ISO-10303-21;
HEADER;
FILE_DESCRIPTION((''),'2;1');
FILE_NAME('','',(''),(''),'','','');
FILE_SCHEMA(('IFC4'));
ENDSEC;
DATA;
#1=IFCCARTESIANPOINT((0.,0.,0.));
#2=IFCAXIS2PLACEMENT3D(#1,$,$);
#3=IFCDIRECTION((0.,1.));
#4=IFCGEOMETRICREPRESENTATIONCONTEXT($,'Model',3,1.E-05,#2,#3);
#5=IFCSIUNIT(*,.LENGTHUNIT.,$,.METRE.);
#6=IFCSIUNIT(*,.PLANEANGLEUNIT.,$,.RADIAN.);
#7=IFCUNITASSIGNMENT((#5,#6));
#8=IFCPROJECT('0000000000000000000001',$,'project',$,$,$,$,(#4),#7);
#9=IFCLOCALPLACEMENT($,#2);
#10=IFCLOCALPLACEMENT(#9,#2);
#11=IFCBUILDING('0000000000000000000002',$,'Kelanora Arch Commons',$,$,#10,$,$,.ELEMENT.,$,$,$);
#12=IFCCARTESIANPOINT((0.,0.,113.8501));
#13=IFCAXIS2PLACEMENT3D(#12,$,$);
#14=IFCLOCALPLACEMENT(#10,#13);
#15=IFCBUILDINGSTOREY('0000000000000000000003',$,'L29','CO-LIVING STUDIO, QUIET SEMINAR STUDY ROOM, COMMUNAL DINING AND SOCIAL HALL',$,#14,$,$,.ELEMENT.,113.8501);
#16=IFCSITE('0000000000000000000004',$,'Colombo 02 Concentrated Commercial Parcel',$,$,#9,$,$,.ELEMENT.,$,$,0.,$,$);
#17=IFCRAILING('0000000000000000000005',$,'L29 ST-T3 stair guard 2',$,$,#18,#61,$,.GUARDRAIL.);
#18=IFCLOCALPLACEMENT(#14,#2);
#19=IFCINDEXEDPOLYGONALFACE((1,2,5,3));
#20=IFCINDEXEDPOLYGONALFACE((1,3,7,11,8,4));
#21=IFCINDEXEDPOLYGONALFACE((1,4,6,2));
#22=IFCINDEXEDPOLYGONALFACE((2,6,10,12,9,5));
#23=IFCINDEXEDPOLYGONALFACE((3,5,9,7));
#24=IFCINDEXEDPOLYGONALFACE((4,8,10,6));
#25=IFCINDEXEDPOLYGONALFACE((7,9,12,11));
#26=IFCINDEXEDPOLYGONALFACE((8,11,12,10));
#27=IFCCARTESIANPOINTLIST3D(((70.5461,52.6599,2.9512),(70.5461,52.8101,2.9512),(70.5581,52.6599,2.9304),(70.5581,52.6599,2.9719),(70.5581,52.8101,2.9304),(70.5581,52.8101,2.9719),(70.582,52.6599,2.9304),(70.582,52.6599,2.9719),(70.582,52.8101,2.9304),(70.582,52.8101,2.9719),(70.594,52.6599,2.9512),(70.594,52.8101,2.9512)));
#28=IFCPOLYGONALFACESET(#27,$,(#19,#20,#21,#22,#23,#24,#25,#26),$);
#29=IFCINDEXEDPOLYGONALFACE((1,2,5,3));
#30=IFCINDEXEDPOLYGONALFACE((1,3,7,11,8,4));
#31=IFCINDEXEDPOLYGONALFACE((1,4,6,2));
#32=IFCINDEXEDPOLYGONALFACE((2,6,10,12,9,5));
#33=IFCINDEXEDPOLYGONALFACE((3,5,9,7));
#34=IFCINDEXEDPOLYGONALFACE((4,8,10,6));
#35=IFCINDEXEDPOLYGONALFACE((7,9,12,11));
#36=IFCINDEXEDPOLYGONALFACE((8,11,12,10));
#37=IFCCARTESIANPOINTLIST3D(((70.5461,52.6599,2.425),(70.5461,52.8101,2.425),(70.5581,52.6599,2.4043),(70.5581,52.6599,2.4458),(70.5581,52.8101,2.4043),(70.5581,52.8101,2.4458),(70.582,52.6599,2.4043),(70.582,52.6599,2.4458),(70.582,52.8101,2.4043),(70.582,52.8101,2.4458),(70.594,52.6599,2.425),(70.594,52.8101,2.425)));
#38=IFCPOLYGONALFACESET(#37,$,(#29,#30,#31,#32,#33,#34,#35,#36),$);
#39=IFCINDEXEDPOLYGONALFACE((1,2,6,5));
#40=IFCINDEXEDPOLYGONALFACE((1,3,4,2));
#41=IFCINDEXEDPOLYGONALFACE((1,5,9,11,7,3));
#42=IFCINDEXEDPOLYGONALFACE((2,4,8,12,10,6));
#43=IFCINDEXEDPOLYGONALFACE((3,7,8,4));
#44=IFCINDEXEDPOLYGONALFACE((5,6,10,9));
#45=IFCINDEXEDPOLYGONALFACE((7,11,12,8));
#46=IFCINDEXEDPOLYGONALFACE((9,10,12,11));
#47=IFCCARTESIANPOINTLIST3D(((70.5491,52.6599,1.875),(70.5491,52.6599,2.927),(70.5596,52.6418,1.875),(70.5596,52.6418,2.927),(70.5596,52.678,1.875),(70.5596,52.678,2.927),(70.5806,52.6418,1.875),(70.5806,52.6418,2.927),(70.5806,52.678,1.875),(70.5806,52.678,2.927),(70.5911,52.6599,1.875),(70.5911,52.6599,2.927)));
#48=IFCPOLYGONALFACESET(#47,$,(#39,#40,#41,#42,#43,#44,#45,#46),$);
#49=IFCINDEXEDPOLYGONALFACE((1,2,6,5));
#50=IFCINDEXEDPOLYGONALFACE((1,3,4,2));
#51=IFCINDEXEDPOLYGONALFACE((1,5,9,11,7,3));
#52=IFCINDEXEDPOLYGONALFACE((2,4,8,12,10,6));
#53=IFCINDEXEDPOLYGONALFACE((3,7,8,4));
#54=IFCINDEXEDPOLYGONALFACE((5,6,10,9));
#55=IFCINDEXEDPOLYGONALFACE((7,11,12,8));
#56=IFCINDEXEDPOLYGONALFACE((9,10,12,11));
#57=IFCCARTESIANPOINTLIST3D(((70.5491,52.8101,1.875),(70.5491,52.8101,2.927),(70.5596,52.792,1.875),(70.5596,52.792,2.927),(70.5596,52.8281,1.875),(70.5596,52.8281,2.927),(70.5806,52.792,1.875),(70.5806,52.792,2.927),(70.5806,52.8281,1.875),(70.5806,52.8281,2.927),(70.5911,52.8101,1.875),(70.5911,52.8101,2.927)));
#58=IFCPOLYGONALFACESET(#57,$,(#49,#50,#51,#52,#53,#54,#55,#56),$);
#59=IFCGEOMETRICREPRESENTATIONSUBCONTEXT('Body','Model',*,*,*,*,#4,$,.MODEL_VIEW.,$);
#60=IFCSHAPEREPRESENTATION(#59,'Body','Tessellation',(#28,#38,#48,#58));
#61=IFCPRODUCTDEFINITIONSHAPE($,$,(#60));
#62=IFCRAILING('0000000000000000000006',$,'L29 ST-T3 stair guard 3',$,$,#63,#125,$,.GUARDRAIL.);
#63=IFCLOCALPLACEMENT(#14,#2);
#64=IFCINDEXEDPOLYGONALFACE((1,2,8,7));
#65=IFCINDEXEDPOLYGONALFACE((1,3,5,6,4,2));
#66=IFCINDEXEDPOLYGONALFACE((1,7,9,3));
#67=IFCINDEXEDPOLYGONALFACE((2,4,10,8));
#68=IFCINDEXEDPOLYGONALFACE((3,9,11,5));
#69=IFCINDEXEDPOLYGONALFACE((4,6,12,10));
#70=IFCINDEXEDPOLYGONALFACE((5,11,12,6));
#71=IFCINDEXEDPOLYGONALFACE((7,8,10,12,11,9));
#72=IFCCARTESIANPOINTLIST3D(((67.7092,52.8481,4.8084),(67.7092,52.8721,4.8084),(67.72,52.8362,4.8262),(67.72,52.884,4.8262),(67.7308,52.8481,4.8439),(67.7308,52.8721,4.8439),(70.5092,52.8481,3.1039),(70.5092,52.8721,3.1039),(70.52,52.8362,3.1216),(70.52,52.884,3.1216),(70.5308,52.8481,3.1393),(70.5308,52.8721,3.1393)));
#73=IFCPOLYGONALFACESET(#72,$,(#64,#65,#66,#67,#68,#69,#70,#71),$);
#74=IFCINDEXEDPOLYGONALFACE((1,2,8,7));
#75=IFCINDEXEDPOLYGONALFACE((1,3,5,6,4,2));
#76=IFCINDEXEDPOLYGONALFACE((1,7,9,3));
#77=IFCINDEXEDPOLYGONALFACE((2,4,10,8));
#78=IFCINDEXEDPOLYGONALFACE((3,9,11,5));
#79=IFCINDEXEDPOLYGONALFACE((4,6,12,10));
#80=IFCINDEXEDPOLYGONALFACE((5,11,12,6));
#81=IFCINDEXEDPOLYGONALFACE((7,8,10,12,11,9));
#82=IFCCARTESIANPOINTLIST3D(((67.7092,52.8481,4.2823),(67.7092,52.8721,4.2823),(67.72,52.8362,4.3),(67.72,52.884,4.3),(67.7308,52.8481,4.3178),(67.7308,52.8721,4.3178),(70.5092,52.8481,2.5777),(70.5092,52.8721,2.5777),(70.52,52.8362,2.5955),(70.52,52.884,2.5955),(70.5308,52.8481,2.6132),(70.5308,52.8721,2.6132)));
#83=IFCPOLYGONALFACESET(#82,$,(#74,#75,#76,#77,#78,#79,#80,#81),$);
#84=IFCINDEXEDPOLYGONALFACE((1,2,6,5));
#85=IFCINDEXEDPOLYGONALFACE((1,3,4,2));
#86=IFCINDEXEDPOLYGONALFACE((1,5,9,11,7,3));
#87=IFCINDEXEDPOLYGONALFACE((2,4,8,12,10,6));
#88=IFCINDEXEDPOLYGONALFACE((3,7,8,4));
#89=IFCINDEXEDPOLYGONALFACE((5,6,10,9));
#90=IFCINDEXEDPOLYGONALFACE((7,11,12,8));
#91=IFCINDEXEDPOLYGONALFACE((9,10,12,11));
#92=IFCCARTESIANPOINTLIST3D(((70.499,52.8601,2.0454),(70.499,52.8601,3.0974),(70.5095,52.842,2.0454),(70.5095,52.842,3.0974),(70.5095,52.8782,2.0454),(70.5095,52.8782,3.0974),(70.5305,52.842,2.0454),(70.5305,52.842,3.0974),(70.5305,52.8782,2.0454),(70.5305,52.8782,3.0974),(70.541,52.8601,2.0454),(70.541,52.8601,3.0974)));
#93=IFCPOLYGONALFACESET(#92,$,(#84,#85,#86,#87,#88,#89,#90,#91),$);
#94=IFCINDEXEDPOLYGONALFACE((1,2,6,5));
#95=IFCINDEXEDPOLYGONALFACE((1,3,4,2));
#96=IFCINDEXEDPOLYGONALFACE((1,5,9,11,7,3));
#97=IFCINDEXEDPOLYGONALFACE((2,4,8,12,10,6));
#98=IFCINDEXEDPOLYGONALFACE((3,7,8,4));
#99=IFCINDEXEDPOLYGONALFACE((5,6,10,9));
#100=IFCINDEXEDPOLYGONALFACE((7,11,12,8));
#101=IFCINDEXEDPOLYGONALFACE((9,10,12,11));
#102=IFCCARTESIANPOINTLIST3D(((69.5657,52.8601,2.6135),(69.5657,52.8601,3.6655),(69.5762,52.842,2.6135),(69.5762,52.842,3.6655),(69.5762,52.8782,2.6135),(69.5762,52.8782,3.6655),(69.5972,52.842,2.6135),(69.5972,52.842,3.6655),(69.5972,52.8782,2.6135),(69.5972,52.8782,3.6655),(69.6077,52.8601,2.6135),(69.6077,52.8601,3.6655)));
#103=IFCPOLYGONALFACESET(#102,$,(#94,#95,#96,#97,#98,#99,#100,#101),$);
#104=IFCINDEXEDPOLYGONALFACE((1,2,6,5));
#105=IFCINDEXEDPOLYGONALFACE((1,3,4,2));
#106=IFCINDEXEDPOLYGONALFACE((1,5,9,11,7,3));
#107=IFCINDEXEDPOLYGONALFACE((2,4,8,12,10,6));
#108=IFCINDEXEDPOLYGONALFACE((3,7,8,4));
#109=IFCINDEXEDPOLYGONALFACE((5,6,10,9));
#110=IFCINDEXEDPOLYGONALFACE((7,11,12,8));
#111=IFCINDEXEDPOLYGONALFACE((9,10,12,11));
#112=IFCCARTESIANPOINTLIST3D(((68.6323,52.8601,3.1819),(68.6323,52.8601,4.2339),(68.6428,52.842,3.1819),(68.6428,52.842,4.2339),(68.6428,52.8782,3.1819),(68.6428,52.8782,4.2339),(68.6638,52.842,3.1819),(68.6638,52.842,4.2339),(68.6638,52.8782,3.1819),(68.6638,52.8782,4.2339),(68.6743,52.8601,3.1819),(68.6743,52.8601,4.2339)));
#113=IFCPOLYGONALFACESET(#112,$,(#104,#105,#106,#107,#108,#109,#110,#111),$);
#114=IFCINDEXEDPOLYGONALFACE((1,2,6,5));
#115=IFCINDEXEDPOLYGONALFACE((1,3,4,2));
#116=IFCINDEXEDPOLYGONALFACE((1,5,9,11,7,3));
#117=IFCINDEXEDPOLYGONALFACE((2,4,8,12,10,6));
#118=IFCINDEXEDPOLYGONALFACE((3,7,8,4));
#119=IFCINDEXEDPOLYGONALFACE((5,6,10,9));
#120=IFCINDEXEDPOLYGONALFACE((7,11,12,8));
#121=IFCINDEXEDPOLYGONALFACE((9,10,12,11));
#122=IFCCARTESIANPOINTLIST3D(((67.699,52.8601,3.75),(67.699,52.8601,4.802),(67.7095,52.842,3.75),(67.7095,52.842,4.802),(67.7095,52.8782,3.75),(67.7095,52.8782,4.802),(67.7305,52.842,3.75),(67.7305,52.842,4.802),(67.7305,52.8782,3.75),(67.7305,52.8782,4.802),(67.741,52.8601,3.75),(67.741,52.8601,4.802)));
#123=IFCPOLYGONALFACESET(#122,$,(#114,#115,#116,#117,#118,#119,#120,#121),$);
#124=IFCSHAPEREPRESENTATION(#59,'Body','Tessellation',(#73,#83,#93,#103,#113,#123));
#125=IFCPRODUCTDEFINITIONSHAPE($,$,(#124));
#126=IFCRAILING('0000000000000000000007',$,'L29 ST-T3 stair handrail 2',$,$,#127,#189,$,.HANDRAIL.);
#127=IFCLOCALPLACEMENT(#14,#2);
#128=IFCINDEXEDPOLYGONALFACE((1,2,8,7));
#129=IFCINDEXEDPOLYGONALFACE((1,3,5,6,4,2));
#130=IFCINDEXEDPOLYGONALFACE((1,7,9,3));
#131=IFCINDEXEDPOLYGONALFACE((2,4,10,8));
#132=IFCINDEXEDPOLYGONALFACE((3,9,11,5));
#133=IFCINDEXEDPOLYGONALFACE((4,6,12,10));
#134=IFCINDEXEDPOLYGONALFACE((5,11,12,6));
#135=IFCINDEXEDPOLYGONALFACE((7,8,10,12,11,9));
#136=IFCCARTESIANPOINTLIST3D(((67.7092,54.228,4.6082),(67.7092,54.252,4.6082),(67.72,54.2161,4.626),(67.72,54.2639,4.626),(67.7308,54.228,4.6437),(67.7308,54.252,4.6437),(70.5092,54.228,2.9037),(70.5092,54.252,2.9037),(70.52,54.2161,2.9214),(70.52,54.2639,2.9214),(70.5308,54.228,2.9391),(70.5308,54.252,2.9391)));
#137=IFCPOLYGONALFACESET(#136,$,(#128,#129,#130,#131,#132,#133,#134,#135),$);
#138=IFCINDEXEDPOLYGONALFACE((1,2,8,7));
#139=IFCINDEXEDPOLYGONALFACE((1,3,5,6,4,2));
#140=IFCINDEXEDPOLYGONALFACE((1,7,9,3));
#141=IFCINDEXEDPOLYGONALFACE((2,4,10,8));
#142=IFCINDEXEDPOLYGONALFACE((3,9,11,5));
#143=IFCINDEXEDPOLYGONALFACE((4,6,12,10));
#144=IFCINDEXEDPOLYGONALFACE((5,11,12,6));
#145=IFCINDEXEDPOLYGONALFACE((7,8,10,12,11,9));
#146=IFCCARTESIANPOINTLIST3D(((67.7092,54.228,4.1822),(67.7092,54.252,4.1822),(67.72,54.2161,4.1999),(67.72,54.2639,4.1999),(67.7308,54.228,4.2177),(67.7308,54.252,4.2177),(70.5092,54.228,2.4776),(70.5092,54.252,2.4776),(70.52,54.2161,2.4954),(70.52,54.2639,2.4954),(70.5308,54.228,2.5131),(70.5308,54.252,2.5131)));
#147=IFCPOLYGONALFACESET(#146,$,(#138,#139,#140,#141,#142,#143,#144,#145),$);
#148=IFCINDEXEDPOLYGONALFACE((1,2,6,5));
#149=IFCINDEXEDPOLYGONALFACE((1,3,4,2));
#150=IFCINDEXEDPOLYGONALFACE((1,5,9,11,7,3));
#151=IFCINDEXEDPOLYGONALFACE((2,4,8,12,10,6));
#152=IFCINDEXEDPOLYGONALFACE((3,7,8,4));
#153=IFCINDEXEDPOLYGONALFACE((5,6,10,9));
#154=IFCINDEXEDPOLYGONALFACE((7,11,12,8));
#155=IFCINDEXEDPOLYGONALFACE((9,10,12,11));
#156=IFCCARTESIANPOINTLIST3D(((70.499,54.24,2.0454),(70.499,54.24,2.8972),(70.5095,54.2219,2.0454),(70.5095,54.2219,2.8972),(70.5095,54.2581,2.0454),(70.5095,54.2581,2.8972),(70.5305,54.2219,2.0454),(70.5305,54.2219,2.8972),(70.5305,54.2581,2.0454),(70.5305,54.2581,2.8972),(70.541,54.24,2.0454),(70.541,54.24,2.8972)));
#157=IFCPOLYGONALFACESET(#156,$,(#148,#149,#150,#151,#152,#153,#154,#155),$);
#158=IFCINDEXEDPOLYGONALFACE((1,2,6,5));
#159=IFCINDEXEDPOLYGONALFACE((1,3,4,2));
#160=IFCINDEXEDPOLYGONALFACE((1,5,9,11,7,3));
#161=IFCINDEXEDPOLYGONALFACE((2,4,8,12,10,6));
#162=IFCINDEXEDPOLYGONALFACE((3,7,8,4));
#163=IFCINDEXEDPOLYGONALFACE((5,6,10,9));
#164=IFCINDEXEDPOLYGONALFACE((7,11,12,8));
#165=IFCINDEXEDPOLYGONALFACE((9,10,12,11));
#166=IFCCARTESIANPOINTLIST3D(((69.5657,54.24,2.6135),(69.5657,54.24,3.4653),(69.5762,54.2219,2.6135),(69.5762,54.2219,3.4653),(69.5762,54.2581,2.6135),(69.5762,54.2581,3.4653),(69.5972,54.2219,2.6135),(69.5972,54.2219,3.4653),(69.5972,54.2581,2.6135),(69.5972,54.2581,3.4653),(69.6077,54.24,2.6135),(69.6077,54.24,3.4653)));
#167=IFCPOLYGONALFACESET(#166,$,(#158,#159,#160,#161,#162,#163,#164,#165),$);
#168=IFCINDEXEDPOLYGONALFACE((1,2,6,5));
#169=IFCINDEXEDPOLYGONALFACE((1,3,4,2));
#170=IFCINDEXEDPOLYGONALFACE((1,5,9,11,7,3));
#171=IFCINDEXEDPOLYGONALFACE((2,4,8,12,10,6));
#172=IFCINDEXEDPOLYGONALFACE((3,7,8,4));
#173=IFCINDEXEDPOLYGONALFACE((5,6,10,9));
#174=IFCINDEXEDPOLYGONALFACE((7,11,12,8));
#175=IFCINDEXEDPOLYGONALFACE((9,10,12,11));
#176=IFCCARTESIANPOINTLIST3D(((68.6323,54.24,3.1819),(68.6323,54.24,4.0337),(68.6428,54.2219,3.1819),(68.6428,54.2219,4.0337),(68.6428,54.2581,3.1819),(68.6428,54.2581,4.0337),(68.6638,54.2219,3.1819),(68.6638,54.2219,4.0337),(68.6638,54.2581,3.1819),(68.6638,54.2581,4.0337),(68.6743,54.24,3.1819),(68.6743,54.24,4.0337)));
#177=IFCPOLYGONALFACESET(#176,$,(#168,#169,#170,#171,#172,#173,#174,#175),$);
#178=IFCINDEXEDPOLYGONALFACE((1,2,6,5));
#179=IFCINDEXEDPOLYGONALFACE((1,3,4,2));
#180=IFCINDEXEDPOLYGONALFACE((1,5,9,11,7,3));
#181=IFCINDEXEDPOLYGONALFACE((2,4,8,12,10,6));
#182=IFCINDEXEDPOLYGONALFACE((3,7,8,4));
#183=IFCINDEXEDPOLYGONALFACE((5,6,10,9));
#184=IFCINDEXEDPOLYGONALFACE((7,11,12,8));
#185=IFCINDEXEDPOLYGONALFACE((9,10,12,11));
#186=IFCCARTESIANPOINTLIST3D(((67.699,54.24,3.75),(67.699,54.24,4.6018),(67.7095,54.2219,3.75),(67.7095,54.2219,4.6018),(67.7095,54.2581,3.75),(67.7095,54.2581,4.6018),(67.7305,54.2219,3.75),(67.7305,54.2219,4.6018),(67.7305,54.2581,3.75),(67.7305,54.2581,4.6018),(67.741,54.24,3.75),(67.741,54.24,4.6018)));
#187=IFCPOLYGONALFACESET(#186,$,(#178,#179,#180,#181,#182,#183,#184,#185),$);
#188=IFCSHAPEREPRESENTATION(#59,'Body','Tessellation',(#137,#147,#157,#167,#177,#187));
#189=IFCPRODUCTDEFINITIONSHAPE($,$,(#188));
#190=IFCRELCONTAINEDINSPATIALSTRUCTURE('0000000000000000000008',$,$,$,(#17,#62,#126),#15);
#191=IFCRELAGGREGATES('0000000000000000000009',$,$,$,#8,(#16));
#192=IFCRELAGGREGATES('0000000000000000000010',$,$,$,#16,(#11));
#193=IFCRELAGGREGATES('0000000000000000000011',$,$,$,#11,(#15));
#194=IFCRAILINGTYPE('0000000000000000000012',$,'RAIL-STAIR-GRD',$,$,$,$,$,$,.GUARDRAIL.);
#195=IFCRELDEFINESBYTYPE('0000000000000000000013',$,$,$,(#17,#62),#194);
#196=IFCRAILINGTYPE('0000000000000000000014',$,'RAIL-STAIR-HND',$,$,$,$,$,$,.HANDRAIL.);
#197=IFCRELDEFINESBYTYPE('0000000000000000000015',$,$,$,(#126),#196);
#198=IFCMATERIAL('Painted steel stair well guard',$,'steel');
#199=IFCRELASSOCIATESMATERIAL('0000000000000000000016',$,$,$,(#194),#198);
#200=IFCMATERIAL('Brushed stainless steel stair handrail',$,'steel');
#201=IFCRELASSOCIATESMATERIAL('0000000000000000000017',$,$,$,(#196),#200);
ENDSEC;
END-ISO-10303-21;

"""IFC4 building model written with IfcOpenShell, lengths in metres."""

from ifc_helpers import new_model, si_unit, direction, frame, origin, place, context, subcontext, project, spatial, polyline, outline, extrude, material, type_object, element, save


model = new_model("IFC4")

# Units and contexts
model_context = context("Model", 3, precision=1e-05, world=origin(), true_north=direction((0.0, 1.0)))
body_context = subcontext(model_context, "Body", "Model", "MODEL_VIEW")
ifc_project = project(units=[si_unit("LENGTHUNIT", "METRE"), si_unit("PLANEANGLEUNIT", "RADIAN")], contexts=[model_context])

# Site, building, storey
site_placement = place(None, origin())
site = spatial("IfcSite", under=ifc_project, at=site_placement, Name="Colombo 02 Concentrated Commercial Parcel", CompositionType="ELEMENT", RefElevation=0.0)
building_placement = place(site_placement, origin())
building = spatial("IfcBuilding", under=site, at=building_placement, Name="Kelanora Arch Commons", CompositionType="ELEMENT")
storey_placement = place(building_placement, frame((0.0, 0.0, 113.8501)))
storey = spatial("IfcBuildingStorey", under=building, at=storey_placement, Name="L29", Description="CO-LIVING STUDIO, QUIET SEMINAR STUDY ROOM, COMMUNAL DINING AND SOCIAL HALL", CompositionType="ELEMENT", Elevation=113.8501)

# Railings
ifc_material_1 = material(Name="Painted steel stair well guard", Category="steel")
railing_type_1 = type_object("IfcRailingType", Name="RAIL-STAIR-GRD", PredefinedType="GUARDRAIL", material=ifc_material_1)
railing_1_placement = place(storey_placement, frame((70.5701, 52.6599, 1.875)))
element("IfcRailing", 1, at=railing_1_placement, inside=storey, type_object=railing_type_1, Name="L29 ST-T3 stair guard 2", PredefinedType="GUARDRAIL", context=body_context, shape_type="SweptSolid", body=[
    extrude(outline(polyline([(0.0239, 0.0), (0.012, 0.0208), (-0.012, 0.0208), (-0.0239, 0.0), (-0.012, -0.0208), (0.012, -0.0208), (0.0239, 0.0)])), frame((0.0, 0.0, 1.0762), z_axis=(0.0, 1.0, 0.0), x_axis=(-1.0, 0.0, 0.0)), (0.0, 0.0, 1.0), 0.1501),
    extrude(outline(polyline([(0.0239, 0.0), (0.012, 0.0208), (-0.012, 0.0208), (-0.0239, 0.0), (-0.012, -0.0208), (0.012, -0.0208), (0.0239, 0.0)])), frame((0.0, 0.0, 0.55), z_axis=(0.0, 1.0, 0.0), x_axis=(-1.0, 0.0, 0.0)), (0.0, 0.0, 1.0), 0.1501),
    extrude(outline(polyline([(0.021, 0.0), (0.0105, 0.0181), (-0.0105, 0.0181), (-0.021, 0.0), (-0.0105, -0.0181), (0.0105, -0.0181), (0.021, 0.0)])), origin(), (0.0, 0.0, 1.0), 1.052),
    extrude(outline(polyline([(0.021, 0.0), (0.0105, 0.0181), (-0.0105, 0.0181), (-0.021, 0.0), (-0.0105, -0.0181), (0.0105, -0.0181), (0.021, 0.0)])), frame((0.0, 0.1501, 0.0)), (0.0, 0.0, 1.0), 1.052),
])
railing_2_placement = place(storey_placement, frame((70.52, 52.8601, 2.0454)))
element("IfcRailing", 2, at=railing_2_placement, inside=storey, type_object=railing_type_1, Name="L29 ST-T3 stair guard 3", PredefinedType="GUARDRAIL", context=body_context, shape_type="SweptSolid", body=[
    extrude(outline(polyline([(0.0239, 0.0), (0.012, 0.0208), (-0.012, 0.0208), (-0.0239, 0.0), (-0.012, -0.0208), (0.012, -0.0208), (0.0239, 0.0)])), frame((0.0, 0.0, 1.0762), z_axis=(-0.85417, 0.0, 0.519994), x_axis=(0.0, -1.0, 0.0)), (0.0, 0.0, 1.0), 3.2781),
    extrude(outline(polyline([(0.0239, 0.0), (0.012, 0.0208), (-0.012, 0.0208), (-0.0239, 0.0), (-0.012, -0.0208), (0.012, -0.0208), (0.0239, 0.0)])), frame((0.0, 0.0, 0.55), z_axis=(-0.85417, 0.0, 0.519994), x_axis=(0.0, -1.0, 0.0)), (0.0, 0.0, 1.0), 3.2781),
    extrude(outline(polyline([(0.021, 0.0), (0.0105, 0.0181), (-0.0105, 0.0181), (-0.021, 0.0), (-0.0105, -0.0181), (0.0105, -0.0181), (0.021, 0.0)])), origin(), (0.0, 0.0, 1.0), 1.052),
    extrude(outline(polyline([(0.021, 0.0), (0.0105, 0.0181), (-0.0105, 0.0181), (-0.021, 0.0), (-0.0105, -0.0181), (0.0105, -0.0181), (0.021, 0.0)])), frame((-0.9333, 0.0, 0.5681)), (0.0, 0.0, 1.0), 1.052),
    extrude(outline(polyline([(0.021, 0.0), (0.0105, 0.0181), (-0.0105, 0.0181), (-0.021, 0.0), (-0.0105, -0.0181), (0.0105, -0.0181), (0.021, 0.0)])), frame((-1.8667, 0.0, 1.1365)), (0.0, 0.0, 1.0), 1.052),
    extrude(outline(polyline([(0.021, 0.0), (0.0105, 0.0181), (-0.0105, 0.0181), (-0.021, 0.0), (-0.0105, -0.0181), (0.0105, -0.0181), (0.021, 0.0)])), frame((-2.8, 0.0, 1.7046)), (0.0, 0.0, 1.0), 1.052),
])
ifc_material_2 = material(Name="Brushed stainless steel stair handrail", Category="steel")
railing_type_2 = type_object("IfcRailingType", Name="RAIL-STAIR-HND", PredefinedType="HANDRAIL", material=ifc_material_2)
railing_3_placement = place(storey_placement, frame((70.52, 54.24, 2.0454)))
element("IfcRailing", 3, at=railing_3_placement, inside=storey, type_object=railing_type_2, Name="L29 ST-T3 stair handrail 2", PredefinedType="HANDRAIL", context=body_context, shape_type="SweptSolid", body=[
    extrude(outline(polyline([(0.0239, 0.0), (0.012, 0.0208), (-0.012, 0.0208), (-0.0239, 0.0), (-0.012, -0.0208), (0.012, -0.0208), (0.0239, 0.0)])), frame((0.0, 0.0, 0.876), z_axis=(-0.85417, 0.0, 0.519994), x_axis=(0.0, -1.0, 0.0)), (0.0, 0.0, 1.0), 3.2781),
    extrude(outline(polyline([(0.0239, 0.0), (0.012, 0.0208), (-0.012, 0.0208), (-0.0239, 0.0), (-0.012, -0.0208), (0.012, -0.0208), (0.0239, 0.0)])), frame((0.0, 0.0, 0.45), z_axis=(-0.85417, 0.0, 0.519994), x_axis=(0.0, -1.0, 0.0)), (0.0, 0.0, 1.0), 3.2781),
    extrude(outline(polyline([(0.021, 0.0), (0.0105, 0.0181), (-0.0105, 0.0181), (-0.021, 0.0), (-0.0105, -0.0181), (0.0105, -0.0181), (0.021, 0.0)])), origin(), (0.0, 0.0, 1.0), 0.8518),
    extrude(outline(polyline([(0.021, 0.0), (0.0105, 0.0181), (-0.0105, 0.0181), (-0.021, 0.0), (-0.0105, -0.0181), (0.0105, -0.0181), (0.021, 0.0)])), frame((-0.9333, 0.0, 0.5681)), (0.0, 0.0, 1.0), 0.8518),
    extrude(outline(polyline([(0.021, 0.0), (0.0105, 0.0181), (-0.0105, 0.0181), (-0.021, 0.0), (-0.0105, -0.0181), (0.0105, -0.0181), (0.021, 0.0)])), frame((-1.8667, 0.0, 1.1365)), (0.0, 0.0, 1.0), 0.8518),
    extrude(outline(polyline([(0.021, 0.0), (0.0105, 0.0181), (-0.0105, 0.0181), (-0.021, 0.0), (-0.0105, -0.0181), (0.0105, -0.0181), (0.021, 0.0)])), frame((-2.8, 0.0, 1.7046)), (0.0, 0.0, 1.0), 0.8518),
])

save(model, "model.ifc")
